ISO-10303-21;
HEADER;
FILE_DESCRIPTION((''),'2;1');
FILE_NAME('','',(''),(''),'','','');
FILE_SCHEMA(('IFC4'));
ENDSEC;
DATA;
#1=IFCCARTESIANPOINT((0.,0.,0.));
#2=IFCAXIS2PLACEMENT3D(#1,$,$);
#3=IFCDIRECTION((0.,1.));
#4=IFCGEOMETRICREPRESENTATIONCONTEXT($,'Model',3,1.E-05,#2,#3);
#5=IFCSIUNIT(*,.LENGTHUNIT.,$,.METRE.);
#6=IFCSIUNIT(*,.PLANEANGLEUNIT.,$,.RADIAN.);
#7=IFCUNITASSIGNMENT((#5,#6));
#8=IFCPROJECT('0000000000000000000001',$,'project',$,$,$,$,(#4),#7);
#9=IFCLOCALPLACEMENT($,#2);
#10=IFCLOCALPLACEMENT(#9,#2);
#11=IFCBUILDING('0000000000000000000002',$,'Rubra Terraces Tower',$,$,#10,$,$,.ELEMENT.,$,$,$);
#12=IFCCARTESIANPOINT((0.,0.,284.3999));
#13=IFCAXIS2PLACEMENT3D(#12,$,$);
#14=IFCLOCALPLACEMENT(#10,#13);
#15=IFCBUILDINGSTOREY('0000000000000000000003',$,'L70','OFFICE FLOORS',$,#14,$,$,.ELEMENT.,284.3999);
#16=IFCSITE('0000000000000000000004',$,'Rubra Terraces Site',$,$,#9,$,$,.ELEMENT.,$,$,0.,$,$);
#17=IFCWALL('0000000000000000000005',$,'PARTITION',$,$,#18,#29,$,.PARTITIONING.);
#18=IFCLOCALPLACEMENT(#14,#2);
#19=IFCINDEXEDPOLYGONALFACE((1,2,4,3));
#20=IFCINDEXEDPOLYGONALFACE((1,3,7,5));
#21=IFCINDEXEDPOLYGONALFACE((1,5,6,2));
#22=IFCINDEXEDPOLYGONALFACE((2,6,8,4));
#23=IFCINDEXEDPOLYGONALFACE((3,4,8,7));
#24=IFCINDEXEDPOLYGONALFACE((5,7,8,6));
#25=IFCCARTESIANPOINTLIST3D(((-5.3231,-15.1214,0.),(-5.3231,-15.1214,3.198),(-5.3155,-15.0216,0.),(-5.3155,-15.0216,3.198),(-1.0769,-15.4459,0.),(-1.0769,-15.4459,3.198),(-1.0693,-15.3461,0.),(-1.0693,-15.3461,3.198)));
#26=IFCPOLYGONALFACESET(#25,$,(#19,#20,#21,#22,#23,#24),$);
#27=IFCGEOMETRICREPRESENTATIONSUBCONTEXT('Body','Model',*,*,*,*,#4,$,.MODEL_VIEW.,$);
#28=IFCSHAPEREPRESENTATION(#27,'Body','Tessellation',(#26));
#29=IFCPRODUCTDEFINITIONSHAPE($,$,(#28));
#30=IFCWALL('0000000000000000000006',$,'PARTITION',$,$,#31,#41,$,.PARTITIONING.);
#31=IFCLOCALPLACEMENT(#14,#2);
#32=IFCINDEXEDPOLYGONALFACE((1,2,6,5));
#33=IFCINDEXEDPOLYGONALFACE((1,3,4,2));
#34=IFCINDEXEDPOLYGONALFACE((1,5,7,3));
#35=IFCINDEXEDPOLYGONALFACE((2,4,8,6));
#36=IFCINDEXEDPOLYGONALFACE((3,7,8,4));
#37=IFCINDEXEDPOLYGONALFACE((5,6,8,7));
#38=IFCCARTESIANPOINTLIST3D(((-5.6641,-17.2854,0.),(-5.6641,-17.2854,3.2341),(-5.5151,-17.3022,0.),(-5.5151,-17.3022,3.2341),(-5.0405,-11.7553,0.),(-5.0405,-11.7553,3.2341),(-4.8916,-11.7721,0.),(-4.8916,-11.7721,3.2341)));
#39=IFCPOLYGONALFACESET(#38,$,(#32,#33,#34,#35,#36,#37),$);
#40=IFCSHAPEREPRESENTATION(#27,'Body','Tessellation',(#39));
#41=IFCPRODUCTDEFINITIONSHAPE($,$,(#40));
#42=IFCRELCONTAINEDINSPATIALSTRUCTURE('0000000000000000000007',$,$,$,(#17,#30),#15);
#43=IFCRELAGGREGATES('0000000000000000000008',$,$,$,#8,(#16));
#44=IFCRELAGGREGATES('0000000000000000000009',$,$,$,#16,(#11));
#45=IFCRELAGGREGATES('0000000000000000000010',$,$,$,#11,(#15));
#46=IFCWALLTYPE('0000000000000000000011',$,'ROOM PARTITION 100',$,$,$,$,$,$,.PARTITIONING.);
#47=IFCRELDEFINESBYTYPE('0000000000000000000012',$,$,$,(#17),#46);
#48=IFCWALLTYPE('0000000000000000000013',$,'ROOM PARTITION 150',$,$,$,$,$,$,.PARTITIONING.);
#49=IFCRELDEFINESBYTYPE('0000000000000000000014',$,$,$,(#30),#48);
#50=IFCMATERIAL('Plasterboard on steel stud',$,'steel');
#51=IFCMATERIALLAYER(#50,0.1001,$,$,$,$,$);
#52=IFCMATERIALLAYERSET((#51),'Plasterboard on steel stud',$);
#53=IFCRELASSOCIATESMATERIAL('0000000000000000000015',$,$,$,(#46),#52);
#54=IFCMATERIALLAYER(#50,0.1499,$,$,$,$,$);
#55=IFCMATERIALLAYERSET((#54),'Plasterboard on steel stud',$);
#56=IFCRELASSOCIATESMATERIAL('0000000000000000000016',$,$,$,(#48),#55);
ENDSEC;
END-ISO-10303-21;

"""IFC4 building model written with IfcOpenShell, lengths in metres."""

from ifc_helpers import new_model, si_unit, direction, frame, frame_2d, origin, place, context, subcontext, project, spatial, rectangle, extrude, material, layer, layer_set, type_object, element, save


model = new_model("IFC4")

# Units and contexts
model_context = context("Model", 3, precision=1e-05, world=origin(), true_north=direction((0.0, 1.0)))
body_context = subcontext(model_context, "Body", "Model", "MODEL_VIEW")
ifc_project = project(units=[si_unit("LENGTHUNIT", "METRE"), si_unit("PLANEANGLEUNIT", "RADIAN")], contexts=[model_context])

# Site, building, storey
site_placement = place(None, origin())
site = spatial("IfcSite", under=ifc_project, at=site_placement, Name="Rubra Terraces Site", CompositionType="ELEMENT", RefElevation=0.0)
building_placement = place(site_placement, origin())
building = spatial("IfcBuilding", under=site, at=building_placement, Name="Rubra Terraces Tower", CompositionType="ELEMENT")
storey_placement = place(building_placement, frame((0.0, 0.0, 284.3999)))
storey = spatial("IfcBuildingStorey", under=building, at=storey_placement, Name="L70", Description="OFFICE FLOORS", CompositionType="ELEMENT", Elevation=284.3999)

# Walls
ifc_material_1 = material(Name="Plasterboard on steel stud", Category="steel")
ifc_layer_1 = layer(ifc_material_1, 0.1001)
ifc_layer_set_1 = layer_set([ifc_layer_1], Name="Plasterboard on steel stud")
wall_type_1 = type_object("IfcWallType", Name="ROOM PARTITION 100", PredefinedType="PARTITIONING", material=ifc_layer_set_1)
wall_1_placement = place(storey_placement, frame((-1.073, -15.396, 0.0), z_axis=(0.0, 0.0, 1.0), x_axis=(-0.997093, 0.076192, 0.0)))
element("IfcWall", 1, at=wall_1_placement, inside=storey, type_object=wall_type_1, Name="PARTITION", PredefinedType="PARTITIONING", context=body_context, shape_type="SweptSolid", body=[
    extrude(rectangle(XDim=4.2585, YDim=0.1001, at=frame_2d((2.1294, 0.0))), origin(), (0.0, 0.0, 1.0), 3.198),
])
ifc_layer_2 = layer(ifc_material_1, 0.1499)
ifc_layer_set_2 = layer_set([ifc_layer_2], Name="Plasterboard on steel stud")
wall_type_2 = type_object("IfcWallType", Name="ROOM PARTITION 150", PredefinedType="PARTITIONING", material=ifc_layer_set_2)
wall_2_placement = place(storey_placement, frame((-5.5896, -17.2939, 0.0), z_axis=(0.0, 0.0, 1.0), x_axis=(0.112044, 0.993703, 0.0)))
element("IfcWall", 2, at=wall_2_placement, inside=storey, type_object=wall_type_2, Name="PARTITION", PredefinedType="PARTITIONING", context=body_context, shape_type="SweptSolid", body=[
    extrude(rectangle(XDim=5.5652, YDim=0.1499, at=frame_2d((2.7827, 0.0))), origin(), (0.0, 0.0, 1.0), 3.2341),
])

save(model, "model.ifc")
